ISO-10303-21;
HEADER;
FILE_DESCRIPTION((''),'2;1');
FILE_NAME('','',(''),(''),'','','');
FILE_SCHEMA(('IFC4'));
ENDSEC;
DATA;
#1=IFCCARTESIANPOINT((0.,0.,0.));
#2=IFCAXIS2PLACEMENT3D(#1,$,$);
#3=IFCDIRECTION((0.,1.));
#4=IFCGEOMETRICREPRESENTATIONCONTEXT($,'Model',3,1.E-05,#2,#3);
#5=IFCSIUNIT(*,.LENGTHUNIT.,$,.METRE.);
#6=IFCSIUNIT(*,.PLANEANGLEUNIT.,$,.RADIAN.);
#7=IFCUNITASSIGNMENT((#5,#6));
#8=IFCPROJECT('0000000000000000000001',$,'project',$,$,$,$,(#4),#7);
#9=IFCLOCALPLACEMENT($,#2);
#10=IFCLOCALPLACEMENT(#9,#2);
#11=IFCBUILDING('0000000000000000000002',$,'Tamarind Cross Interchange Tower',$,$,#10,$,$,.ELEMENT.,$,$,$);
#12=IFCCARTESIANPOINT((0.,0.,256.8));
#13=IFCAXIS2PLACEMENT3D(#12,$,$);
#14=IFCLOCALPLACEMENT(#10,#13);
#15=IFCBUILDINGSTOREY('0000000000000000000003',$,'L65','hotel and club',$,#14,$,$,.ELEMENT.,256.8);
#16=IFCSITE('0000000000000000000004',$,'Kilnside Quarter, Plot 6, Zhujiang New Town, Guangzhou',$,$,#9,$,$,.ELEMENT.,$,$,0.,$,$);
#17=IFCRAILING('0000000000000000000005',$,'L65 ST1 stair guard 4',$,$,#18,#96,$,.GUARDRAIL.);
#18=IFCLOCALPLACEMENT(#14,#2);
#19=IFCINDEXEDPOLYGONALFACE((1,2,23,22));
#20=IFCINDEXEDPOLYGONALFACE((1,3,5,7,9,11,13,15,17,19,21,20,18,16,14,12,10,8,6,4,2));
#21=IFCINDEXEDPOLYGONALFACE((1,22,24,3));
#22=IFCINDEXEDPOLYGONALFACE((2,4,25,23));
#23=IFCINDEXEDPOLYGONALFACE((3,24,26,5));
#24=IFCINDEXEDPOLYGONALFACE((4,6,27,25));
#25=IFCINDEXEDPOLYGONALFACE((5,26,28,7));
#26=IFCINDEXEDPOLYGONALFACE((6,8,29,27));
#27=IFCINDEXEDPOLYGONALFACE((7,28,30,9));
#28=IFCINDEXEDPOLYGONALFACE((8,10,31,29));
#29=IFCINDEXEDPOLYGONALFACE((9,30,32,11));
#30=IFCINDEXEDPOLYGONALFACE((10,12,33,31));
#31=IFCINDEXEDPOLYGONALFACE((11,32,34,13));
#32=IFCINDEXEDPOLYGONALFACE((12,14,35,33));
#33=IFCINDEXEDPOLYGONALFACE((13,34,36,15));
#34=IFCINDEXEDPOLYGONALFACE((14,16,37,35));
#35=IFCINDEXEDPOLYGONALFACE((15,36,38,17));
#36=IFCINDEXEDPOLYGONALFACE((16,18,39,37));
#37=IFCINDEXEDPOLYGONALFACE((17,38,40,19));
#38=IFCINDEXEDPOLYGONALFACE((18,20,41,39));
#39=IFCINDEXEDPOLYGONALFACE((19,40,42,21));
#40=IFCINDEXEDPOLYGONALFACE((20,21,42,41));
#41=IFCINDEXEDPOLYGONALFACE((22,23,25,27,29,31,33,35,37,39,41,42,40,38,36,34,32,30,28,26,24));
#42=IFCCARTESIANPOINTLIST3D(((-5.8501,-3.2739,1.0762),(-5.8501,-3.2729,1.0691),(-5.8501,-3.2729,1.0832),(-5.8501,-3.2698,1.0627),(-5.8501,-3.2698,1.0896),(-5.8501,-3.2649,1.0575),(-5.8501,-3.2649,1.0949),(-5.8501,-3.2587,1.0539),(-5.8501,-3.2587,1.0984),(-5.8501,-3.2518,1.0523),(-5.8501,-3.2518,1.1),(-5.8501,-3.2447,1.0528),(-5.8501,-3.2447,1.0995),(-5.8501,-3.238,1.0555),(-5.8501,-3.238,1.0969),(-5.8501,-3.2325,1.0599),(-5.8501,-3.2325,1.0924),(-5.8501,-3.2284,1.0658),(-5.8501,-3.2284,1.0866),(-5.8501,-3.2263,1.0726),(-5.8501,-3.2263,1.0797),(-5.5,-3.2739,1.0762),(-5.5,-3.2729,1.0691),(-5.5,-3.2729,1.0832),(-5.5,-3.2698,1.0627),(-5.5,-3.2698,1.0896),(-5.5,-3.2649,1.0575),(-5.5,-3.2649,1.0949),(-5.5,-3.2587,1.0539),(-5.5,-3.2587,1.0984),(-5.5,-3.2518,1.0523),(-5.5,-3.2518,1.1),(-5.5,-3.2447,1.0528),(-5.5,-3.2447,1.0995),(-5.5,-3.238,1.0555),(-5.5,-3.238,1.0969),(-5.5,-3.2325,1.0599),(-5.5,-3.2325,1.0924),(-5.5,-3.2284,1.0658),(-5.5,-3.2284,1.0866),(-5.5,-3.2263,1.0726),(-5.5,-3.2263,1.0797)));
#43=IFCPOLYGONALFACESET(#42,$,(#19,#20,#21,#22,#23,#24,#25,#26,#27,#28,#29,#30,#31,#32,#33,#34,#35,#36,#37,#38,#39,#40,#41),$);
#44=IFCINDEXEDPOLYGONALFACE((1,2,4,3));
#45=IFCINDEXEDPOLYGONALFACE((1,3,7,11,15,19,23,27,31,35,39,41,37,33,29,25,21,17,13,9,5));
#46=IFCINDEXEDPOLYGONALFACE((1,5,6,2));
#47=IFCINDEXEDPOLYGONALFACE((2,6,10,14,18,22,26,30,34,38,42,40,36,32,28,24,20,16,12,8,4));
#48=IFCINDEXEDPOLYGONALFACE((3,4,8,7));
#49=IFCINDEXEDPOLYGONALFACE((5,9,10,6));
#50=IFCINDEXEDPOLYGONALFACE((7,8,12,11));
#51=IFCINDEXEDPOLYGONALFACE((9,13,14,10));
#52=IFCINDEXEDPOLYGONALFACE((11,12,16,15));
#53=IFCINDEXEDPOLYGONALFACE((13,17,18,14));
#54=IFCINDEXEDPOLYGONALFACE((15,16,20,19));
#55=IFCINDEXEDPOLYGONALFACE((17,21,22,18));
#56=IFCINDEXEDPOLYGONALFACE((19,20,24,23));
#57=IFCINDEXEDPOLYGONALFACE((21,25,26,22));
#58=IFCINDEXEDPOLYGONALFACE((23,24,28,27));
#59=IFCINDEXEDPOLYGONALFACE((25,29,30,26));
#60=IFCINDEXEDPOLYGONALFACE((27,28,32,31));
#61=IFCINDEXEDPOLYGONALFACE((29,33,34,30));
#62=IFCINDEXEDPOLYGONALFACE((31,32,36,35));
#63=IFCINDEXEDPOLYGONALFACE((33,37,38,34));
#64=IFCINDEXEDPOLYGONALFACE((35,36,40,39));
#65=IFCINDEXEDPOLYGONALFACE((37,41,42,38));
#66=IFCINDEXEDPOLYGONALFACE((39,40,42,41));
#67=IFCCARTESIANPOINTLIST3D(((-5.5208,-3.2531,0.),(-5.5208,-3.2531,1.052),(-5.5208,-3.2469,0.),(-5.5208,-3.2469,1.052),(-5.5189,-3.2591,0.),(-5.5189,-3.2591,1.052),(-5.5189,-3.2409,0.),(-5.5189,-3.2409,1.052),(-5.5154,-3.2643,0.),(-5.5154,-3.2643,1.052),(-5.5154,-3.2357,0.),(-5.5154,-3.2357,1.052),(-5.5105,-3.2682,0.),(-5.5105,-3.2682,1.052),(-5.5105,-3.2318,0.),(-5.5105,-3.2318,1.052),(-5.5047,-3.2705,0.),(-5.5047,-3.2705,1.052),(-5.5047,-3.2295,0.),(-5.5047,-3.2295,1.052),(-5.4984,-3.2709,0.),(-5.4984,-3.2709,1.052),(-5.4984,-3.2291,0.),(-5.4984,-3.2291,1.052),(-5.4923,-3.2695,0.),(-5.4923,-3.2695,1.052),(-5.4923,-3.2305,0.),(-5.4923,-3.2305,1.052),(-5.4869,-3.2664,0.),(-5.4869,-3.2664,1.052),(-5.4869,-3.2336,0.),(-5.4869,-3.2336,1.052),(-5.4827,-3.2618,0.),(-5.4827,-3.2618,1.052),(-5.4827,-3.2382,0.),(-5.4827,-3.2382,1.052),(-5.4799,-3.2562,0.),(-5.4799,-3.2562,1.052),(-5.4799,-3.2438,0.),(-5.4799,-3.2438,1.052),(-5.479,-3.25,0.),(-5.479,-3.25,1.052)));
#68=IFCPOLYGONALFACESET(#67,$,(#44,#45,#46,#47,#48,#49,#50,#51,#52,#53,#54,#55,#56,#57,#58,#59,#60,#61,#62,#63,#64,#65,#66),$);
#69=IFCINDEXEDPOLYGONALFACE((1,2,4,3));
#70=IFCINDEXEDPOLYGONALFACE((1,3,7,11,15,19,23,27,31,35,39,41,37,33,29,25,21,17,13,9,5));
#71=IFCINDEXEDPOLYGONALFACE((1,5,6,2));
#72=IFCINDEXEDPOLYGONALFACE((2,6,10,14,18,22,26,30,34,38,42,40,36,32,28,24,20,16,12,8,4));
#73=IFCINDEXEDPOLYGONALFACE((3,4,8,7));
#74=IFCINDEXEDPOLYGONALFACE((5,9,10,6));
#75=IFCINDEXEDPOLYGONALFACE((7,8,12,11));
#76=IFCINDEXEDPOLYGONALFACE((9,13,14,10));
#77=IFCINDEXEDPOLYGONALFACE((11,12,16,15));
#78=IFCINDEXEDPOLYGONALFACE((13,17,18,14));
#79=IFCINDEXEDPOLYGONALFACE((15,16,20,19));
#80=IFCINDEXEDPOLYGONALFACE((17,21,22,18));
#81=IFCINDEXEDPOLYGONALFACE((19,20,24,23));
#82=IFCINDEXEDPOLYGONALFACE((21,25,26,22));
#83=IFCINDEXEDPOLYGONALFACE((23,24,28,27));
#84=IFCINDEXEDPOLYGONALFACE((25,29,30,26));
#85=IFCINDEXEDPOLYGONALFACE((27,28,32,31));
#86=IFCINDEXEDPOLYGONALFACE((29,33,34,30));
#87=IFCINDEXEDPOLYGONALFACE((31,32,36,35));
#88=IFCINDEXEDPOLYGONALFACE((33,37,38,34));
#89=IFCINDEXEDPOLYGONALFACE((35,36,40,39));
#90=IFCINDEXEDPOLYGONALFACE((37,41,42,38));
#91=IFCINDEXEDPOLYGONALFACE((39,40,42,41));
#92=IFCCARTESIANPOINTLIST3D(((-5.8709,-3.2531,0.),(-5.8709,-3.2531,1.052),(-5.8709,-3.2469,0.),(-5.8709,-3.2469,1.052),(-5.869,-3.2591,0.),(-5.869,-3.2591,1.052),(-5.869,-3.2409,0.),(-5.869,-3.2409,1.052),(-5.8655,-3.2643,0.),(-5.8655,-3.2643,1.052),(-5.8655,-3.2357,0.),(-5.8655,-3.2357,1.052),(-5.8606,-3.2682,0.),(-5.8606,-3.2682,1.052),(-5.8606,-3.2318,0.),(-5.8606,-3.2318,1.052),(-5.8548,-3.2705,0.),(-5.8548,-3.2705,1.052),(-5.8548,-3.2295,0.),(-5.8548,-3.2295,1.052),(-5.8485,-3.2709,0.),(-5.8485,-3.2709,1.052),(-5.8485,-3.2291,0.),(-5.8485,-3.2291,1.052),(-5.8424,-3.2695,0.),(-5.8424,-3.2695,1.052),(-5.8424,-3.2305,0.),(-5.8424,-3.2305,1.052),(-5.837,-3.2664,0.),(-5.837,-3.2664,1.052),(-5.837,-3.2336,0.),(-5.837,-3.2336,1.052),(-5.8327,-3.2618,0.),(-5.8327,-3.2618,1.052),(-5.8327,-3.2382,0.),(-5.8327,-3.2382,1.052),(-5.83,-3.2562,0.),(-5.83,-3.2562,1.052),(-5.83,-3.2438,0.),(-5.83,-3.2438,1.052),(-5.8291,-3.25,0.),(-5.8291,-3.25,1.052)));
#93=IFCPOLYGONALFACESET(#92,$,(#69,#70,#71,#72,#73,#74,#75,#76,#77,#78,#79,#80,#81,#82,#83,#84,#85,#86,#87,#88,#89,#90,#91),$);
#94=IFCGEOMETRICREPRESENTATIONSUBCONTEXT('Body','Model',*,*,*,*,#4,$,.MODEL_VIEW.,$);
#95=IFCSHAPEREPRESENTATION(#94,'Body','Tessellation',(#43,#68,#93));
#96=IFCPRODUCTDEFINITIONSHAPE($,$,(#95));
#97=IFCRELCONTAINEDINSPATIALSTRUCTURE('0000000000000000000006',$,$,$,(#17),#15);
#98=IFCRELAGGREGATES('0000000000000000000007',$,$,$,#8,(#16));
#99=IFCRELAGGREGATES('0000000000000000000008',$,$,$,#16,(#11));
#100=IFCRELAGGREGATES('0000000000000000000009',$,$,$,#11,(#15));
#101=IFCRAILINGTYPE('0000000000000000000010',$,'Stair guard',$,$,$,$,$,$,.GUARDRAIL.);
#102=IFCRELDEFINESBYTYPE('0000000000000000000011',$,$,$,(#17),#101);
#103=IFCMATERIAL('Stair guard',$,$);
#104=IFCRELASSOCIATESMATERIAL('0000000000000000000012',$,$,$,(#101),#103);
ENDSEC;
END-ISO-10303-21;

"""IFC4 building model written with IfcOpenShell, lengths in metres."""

from ifc_helpers import new_model, si_unit, direction, frame, origin, origin_2d, place, context, subcontext, project, spatial, circle, extrude, material, type_object, element, save


model = new_model("IFC4")

# Units and contexts
model_context = context("Model", 3, precision=1e-05, world=origin(), true_north=direction((0.0, 1.0)))
body_context = subcontext(model_context, "Body", "Model", "MODEL_VIEW")
ifc_project = project(units=[si_unit("LENGTHUNIT", "METRE"), si_unit("PLANEANGLEUNIT", "RADIAN")], contexts=[model_context])

# Site, building, storey
site_placement = place(None, origin())
site = spatial("IfcSite", under=ifc_project, at=site_placement, Name="Kilnside Quarter, Plot 6, Zhujiang New Town, Guangzhou", CompositionType="ELEMENT", RefElevation=0.0)
building_placement = place(site_placement, origin())
building = spatial("IfcBuilding", under=site, at=building_placement, Name="Tamarind Cross Interchange Tower", CompositionType="ELEMENT")
storey_placement = place(building_placement, frame((0.0, 0.0, 256.8)))
storey = spatial("IfcBuildingStorey", under=building, at=storey_placement, Name="L65", Description="hotel and club", CompositionType="ELEMENT", Elevation=256.8)

# Railing
ifc_material_1 = material(Name="Stair guard")
railing_type_1 = type_object("IfcRailingType", Name="Stair guard", PredefinedType="GUARDRAIL", material=ifc_material_1)
railing_1_placement = place(storey_placement, frame((-5.5, -3.25, 0.0)))
element("IfcRailing", 1, at=railing_1_placement, inside=storey, type_object=railing_type_1, Name="L65 ST1 stair guard 4", PredefinedType="GUARDRAIL", context=body_context, shape_type="SweptSolid", body=[
    extrude(circle(Radius=0.0239, at=origin_2d()), frame((0.0, 0.0, 1.0762), z_axis=(-1.0, 0.0, 0.0), x_axis=(0.0, -1.0, 0.0)), (0.0, 0.0, 1.0), 0.3501),
    extrude(circle(Radius=0.021, at=origin_2d()), origin(), (0.0, 0.0, 1.0), 1.052),
    extrude(circle(Radius=0.021, at=origin_2d()), frame((-0.3501, 0.0, 0.0)), (0.0, 0.0, 1.0), 1.052),
])

save(model, "model.ifc")
